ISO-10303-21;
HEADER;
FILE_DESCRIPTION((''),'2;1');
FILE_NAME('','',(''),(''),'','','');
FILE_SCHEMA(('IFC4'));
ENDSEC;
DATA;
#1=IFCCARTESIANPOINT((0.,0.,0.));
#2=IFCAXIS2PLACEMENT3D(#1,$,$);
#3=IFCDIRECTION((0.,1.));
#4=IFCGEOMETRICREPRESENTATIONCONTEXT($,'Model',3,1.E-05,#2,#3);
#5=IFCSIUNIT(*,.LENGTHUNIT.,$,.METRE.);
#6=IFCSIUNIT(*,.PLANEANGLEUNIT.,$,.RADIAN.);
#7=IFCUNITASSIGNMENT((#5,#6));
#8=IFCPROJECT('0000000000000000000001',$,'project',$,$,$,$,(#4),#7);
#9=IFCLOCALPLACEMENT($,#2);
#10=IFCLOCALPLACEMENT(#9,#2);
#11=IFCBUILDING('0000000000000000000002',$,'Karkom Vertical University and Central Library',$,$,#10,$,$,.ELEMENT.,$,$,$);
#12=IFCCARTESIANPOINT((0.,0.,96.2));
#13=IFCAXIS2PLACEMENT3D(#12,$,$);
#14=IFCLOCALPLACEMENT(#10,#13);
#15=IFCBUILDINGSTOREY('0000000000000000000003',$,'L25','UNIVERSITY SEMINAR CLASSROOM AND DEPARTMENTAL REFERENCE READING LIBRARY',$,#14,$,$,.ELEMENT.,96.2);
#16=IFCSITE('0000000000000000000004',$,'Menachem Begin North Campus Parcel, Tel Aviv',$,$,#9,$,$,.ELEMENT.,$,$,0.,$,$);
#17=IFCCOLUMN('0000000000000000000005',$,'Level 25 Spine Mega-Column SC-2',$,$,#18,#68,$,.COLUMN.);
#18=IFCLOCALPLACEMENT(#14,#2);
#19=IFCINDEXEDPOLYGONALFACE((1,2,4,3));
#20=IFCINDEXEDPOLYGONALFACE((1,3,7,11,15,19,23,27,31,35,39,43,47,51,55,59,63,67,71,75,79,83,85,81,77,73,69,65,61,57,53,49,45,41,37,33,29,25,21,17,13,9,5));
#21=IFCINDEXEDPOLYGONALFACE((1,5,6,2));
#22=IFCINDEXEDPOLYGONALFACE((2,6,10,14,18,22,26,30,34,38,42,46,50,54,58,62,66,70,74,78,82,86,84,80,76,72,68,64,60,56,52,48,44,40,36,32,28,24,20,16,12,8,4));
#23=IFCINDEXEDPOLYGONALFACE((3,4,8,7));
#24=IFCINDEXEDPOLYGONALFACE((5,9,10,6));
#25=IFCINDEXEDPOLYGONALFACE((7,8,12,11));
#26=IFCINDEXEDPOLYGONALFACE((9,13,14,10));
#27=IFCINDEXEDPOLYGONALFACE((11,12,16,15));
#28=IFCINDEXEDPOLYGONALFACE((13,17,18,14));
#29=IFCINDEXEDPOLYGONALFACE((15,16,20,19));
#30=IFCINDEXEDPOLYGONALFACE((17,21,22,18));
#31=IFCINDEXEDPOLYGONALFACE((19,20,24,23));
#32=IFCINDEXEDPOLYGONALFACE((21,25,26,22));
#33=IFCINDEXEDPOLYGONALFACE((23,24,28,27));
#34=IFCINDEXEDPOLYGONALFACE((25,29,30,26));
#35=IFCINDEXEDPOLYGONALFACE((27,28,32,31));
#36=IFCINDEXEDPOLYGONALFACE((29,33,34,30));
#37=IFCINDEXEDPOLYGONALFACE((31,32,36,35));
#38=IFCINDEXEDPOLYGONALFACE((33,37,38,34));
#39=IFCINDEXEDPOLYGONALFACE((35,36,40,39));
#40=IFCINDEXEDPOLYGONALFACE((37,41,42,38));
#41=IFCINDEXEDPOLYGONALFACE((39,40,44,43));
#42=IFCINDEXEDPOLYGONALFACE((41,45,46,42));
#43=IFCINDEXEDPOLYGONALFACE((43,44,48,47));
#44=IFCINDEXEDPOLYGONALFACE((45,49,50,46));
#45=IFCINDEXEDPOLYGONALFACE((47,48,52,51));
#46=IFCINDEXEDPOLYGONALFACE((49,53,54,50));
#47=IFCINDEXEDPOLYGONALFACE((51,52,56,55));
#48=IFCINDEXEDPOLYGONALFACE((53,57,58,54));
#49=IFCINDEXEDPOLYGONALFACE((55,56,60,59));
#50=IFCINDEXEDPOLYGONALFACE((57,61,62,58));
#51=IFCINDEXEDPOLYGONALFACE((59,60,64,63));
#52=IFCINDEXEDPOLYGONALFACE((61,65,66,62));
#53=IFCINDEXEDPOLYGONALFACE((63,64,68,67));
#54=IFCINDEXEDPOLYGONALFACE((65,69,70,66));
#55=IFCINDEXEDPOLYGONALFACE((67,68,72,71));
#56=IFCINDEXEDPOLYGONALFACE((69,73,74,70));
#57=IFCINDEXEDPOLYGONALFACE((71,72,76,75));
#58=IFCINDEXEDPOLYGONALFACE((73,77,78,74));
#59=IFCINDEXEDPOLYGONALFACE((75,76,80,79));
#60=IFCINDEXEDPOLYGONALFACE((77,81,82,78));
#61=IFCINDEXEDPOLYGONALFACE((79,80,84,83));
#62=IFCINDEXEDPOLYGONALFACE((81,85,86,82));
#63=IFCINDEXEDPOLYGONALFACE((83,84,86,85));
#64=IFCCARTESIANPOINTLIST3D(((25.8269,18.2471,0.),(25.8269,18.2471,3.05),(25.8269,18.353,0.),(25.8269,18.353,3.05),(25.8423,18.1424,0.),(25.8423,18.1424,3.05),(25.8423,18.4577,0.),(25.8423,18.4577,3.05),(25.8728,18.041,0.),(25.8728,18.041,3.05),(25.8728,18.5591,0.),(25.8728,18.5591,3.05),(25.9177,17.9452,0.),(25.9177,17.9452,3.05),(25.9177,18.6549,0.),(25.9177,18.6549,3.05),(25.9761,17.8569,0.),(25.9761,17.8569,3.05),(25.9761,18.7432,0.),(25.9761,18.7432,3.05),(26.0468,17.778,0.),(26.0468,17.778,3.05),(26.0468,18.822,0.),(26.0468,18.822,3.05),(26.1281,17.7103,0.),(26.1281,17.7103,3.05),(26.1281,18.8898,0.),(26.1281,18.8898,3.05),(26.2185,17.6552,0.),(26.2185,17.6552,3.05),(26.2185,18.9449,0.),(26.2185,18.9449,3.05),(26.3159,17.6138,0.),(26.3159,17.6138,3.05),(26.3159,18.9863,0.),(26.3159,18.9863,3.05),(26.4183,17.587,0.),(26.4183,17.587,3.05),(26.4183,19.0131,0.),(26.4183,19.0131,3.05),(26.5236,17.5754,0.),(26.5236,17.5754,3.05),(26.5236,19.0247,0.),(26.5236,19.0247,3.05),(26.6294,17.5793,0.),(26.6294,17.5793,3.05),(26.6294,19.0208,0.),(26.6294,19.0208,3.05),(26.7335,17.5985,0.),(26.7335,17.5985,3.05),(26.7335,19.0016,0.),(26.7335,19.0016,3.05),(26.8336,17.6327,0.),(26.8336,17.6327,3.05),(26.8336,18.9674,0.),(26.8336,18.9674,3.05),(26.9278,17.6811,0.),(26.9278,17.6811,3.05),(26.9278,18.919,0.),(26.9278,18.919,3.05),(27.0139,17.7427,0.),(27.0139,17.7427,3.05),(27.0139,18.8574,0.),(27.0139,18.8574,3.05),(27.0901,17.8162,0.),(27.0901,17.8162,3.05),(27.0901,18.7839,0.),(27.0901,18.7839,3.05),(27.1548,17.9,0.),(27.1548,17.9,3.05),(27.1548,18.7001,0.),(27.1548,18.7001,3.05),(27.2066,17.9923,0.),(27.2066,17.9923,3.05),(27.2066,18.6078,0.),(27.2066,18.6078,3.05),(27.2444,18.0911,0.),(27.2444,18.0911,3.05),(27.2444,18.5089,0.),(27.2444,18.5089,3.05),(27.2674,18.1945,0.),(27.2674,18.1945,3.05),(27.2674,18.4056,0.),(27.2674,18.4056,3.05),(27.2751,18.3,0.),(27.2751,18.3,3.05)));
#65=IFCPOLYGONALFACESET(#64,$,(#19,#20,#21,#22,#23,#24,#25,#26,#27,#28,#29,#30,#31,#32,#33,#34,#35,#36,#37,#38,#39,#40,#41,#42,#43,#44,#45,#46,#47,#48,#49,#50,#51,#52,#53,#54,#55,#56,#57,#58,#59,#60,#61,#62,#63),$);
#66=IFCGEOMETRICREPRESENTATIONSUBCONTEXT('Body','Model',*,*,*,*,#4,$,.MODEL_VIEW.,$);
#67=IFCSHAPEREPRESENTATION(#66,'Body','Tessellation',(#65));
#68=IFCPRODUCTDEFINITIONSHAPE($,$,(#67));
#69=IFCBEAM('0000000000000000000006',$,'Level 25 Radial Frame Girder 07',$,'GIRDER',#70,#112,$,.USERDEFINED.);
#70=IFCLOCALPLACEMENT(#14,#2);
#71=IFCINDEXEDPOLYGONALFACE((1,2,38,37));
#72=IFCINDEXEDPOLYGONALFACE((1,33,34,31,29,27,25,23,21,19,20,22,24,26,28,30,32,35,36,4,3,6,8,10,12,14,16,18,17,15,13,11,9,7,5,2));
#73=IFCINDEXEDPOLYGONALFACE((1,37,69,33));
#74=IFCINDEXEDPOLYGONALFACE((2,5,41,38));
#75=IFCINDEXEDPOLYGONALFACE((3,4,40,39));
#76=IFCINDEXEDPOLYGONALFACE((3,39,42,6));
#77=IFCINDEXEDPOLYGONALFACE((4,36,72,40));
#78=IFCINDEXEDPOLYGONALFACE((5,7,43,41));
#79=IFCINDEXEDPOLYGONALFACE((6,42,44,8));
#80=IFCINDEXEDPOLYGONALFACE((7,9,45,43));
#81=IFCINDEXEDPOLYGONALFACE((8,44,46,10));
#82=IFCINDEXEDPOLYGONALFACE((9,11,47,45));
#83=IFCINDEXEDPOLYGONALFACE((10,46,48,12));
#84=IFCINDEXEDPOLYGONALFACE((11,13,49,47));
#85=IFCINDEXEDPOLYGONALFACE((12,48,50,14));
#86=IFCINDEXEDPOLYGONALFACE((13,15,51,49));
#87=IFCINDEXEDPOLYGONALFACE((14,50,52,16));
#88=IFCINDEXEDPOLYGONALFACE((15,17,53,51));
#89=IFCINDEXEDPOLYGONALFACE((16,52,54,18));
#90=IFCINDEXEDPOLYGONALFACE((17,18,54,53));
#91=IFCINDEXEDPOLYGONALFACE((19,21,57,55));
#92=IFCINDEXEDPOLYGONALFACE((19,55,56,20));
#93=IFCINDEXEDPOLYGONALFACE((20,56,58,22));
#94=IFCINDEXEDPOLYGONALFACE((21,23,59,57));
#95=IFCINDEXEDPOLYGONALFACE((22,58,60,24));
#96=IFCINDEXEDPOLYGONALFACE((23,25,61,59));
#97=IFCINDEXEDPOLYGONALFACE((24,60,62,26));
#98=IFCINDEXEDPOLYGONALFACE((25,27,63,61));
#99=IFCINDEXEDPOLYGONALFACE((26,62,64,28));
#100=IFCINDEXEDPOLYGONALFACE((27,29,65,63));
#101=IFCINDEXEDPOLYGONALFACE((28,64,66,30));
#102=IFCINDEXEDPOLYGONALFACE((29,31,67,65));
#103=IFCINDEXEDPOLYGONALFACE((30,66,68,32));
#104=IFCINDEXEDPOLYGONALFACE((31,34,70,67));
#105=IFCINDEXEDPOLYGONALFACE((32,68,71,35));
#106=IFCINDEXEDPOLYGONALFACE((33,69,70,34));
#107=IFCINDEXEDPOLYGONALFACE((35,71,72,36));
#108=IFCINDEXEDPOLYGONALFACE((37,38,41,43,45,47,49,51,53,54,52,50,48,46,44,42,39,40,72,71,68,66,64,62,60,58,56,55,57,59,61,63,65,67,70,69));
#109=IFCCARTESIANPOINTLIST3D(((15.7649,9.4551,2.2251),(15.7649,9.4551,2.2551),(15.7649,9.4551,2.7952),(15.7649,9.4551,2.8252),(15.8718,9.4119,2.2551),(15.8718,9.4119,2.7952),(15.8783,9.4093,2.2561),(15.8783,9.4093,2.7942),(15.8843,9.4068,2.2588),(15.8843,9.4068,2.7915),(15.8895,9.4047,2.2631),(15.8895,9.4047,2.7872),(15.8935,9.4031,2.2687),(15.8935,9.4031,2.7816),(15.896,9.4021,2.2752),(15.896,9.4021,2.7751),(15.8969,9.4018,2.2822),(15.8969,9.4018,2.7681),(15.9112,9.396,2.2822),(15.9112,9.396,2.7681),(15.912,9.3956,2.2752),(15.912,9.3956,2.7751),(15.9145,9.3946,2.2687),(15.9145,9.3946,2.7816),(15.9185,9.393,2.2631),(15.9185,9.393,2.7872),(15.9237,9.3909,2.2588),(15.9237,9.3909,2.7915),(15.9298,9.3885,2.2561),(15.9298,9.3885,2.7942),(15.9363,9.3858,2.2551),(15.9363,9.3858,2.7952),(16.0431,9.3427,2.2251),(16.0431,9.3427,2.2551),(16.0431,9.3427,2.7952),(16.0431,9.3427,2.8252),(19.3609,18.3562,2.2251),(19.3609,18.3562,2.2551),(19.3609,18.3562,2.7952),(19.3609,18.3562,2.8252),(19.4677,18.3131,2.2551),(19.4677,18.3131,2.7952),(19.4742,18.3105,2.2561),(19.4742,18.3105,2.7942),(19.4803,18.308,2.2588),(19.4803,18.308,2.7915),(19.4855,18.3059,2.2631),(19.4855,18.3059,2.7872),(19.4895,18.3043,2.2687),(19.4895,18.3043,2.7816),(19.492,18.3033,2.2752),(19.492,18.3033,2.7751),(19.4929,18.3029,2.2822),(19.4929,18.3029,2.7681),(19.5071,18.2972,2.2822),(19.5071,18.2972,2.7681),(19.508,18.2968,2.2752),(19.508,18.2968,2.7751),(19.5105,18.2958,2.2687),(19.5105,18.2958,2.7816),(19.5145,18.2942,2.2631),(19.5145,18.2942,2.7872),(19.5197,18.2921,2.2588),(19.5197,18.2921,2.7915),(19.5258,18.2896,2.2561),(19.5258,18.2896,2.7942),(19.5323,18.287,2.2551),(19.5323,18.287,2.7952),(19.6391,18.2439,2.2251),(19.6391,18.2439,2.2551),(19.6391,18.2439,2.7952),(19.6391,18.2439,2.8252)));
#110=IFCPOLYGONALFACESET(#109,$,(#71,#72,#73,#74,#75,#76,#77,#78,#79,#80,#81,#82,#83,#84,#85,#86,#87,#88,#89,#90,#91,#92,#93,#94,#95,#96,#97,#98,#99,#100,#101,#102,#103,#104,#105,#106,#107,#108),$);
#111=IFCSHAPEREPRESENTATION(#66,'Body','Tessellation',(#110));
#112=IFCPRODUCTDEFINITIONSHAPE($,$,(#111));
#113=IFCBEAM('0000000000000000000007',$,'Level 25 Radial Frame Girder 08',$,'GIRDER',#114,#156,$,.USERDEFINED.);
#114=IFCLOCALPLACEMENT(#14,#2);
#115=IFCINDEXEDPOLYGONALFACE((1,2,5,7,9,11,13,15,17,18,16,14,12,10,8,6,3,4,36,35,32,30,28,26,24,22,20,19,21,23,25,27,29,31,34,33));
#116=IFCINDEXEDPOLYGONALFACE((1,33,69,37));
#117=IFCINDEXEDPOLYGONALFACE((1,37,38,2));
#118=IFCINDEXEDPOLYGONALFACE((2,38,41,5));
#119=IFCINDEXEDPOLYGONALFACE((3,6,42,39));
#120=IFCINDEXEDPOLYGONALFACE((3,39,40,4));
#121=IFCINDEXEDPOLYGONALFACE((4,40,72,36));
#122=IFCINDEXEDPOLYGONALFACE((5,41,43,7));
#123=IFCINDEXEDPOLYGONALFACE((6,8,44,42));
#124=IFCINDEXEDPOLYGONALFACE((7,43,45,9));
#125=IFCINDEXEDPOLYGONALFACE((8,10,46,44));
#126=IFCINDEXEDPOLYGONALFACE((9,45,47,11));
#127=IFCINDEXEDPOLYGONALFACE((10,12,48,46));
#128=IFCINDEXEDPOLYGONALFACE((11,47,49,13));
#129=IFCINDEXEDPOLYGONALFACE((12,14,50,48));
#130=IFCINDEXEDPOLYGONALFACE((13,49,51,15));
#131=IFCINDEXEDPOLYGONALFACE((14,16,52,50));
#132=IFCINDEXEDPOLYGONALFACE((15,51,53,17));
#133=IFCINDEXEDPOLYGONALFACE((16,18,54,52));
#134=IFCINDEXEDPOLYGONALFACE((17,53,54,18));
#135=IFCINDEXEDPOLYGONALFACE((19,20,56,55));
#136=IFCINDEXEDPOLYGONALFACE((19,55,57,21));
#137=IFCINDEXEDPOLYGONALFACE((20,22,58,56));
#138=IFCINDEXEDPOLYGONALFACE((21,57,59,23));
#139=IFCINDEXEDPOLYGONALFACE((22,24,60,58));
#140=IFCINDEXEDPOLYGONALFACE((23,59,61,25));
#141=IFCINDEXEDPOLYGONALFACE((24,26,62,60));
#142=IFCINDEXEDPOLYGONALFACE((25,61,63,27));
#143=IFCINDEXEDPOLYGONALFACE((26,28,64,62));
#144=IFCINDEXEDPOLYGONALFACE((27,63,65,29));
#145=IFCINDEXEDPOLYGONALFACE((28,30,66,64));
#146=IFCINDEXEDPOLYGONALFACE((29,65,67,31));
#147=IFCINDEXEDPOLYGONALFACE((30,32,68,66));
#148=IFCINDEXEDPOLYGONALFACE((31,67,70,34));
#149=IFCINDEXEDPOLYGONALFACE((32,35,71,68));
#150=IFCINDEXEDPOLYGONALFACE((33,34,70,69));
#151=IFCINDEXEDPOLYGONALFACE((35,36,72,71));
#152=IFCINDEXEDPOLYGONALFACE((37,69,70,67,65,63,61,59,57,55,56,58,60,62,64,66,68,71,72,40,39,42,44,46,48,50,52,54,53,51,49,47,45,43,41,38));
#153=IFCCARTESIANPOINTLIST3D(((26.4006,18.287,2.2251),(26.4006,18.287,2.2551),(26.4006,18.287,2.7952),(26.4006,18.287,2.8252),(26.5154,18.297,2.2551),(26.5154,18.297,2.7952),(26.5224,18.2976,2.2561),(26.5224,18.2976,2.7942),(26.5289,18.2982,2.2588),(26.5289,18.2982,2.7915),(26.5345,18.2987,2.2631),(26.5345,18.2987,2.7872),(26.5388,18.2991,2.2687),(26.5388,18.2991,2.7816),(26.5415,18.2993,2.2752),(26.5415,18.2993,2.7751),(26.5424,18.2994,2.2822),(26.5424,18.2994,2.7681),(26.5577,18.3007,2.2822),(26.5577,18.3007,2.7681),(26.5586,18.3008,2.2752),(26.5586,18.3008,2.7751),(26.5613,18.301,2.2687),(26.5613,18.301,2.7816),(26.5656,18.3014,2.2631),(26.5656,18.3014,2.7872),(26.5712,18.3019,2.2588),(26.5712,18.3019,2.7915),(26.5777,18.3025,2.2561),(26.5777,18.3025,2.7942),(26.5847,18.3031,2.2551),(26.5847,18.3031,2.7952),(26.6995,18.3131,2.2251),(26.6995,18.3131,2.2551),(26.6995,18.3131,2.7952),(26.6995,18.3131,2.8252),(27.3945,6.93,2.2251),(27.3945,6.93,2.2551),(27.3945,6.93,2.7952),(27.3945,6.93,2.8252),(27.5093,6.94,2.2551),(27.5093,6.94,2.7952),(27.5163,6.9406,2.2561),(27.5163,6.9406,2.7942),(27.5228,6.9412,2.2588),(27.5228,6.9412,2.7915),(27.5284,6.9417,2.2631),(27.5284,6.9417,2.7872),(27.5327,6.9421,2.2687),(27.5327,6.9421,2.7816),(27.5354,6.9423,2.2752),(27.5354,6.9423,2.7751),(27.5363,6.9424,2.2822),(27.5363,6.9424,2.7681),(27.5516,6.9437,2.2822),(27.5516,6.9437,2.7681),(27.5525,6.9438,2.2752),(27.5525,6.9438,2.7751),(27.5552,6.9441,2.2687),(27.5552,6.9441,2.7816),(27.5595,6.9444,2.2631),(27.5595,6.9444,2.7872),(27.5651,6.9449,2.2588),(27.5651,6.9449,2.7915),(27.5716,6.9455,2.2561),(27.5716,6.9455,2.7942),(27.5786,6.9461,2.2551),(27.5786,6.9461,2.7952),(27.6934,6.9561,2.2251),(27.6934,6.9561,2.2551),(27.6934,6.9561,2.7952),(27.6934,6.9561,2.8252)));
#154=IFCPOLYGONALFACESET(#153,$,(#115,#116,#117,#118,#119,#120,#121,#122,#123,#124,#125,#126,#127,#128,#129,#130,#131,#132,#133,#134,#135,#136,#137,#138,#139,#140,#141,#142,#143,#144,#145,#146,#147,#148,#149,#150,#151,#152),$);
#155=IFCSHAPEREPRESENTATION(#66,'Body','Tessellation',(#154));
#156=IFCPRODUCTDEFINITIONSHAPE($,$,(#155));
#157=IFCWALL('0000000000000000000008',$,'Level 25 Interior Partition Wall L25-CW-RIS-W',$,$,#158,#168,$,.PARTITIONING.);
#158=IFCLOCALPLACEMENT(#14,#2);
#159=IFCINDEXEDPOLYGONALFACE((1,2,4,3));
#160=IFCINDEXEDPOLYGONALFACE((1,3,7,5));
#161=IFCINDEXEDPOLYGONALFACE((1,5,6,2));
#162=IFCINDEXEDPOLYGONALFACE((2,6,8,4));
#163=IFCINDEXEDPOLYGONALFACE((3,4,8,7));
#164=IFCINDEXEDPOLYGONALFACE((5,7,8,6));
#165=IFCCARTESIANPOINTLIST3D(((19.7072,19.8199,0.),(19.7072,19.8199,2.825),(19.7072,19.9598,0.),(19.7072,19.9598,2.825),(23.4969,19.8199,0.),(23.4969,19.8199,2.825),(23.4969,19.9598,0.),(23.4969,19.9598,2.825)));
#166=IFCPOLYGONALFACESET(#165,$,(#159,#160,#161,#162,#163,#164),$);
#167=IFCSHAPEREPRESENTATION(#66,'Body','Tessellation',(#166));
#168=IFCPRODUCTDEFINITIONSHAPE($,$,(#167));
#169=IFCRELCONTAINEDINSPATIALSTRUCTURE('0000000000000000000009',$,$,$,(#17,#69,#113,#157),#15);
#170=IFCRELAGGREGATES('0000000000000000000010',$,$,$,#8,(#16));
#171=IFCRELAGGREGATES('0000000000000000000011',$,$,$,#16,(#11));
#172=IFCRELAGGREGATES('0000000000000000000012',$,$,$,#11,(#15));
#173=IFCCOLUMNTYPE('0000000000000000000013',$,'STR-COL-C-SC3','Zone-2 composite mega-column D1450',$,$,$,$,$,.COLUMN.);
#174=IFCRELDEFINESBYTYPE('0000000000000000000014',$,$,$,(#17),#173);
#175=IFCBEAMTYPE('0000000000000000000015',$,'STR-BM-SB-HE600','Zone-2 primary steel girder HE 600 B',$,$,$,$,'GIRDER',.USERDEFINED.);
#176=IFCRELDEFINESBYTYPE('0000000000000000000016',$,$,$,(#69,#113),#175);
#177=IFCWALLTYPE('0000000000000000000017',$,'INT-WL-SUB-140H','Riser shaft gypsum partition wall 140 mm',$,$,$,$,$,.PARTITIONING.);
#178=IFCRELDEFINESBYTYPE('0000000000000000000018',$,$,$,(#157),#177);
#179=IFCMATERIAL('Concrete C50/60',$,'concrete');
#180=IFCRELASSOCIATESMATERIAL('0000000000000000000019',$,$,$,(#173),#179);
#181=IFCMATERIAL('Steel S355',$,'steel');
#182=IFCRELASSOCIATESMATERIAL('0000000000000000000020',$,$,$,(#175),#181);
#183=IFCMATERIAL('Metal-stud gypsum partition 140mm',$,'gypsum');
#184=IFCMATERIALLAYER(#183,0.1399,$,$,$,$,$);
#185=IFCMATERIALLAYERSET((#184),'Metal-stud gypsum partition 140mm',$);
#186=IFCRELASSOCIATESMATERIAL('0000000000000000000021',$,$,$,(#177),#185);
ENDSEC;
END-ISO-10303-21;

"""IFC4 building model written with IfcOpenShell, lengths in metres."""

from ifc_helpers import new_model, si_unit, direction, frame, frame_2d, origin, origin_with_axes, origin_2d, place, context, subcontext, project, spatial, rectangle, circle, i_section, extrude, source, transform, mapped, material, layer, layer_set, material_profile, profile_set, type_object, element, save


model = new_model("IFC4")

# Units and contexts
model_context = context("Model", 3, precision=1e-05, world=origin(), true_north=direction((0.0, 1.0)))
body_context = subcontext(model_context, "Body", "Model", "MODEL_VIEW")
ifc_project = project(units=[si_unit("LENGTHUNIT", "METRE"), si_unit("PLANEANGLEUNIT", "RADIAN")], contexts=[model_context])

# Site, building, storey
site_placement = place(None, origin())
site = spatial("IfcSite", under=ifc_project, at=site_placement, Name="Menachem Begin North Campus Parcel, Tel Aviv", CompositionType="ELEMENT", RefElevation=0.0)
building_placement = place(site_placement, origin())
building = spatial("IfcBuilding", under=site, at=building_placement, Name="Karkom Vertical University and Central Library", CompositionType="ELEMENT")
storey_placement = place(building_placement, frame((0.0, 0.0, 96.2)))
storey = spatial("IfcBuildingStorey", under=building, at=storey_placement, Name="L25", Description="UNIVERSITY SEMINAR CLASSROOM AND DEPARTMENTAL REFERENCE READING LIBRARY", CompositionType="ELEMENT", Elevation=96.2)

# Column
ifc_material_1 = material(Name="Concrete C50/60", Category="concrete")
ifc_material_profile_1 = material_profile(ifc_material_1, circle(Radius=0.7251, at=origin_2d()), Name="CFT-D1450")
ifc_profile_set_1 = profile_set([ifc_material_profile_1], Name="Concrete C50/60")
column_type = type_object("IfcColumnType", Name="STR-COL-C-SC3", Description="Zone-2 composite mega-column D1450", PredefinedType="COLUMN", material=ifc_profile_set_1)
shared_shape_1 = source(origin_with_axes(), body_context, "Body", "SweptSolid", [
    extrude(circle(Radius=0.7251, at=origin_2d()), origin(), (0.0, 0.0, 1.0), 3.05),
])
column_placement = place(storey_placement, frame((26.55, 18.3, 0.0), z_axis=(0.0, 0.0, 1.0), x_axis=(1.0, 0.0, 0.0)))
element("IfcColumn", 1, at=column_placement, inside=storey, type_object=column_type, Name="Level 25 Spine Mega-Column SC-2", PredefinedType="COLUMN", context=body_context, shape_type="MappedRepresentation", body=[
    mapped(shared_shape_1, transform((0.0, 0.0, 0.0), scale=1.0)),
])

# Beams
ifc_material_2 = material(Name="Steel S355", Category="steel")
ifc_material_profile_2 = material_profile(ifc_material_2, i_section(OverallWidth=0.3, OverallDepth=0.6001, WebThickness=0.0154, FlangeThickness=0.03, FilletRadius=0.0271, at=origin_2d()), Name="HE 600 B")
ifc_profile_set_2 = profile_set([ifc_material_profile_2], Name="Steel S355")
beam_type = type_object("IfcBeamType", Name="STR-BM-SB-HE600", Description="Zone-2 primary steel girder HE 600 B", ElementType="GIRDER", PredefinedType="USERDEFINED", material=ifc_profile_set_2)
shared_shape_2 = source(origin_with_axes(), body_context, "Body", "SweptSolid", [
    extrude(i_section(OverallWidth=0.3, OverallDepth=0.6001, WebThickness=0.0154, FlangeThickness=0.03, FilletRadius=0.0271, at=origin_2d()), origin(), (0.0, 0.0, 1.0), 9.6001),
])
beam_1_placement = place(storey_placement, frame((19.5, 18.3, 2.5251), z_axis=(-0.374576, -0.927196, 0.0), x_axis=(0.927196, -0.374576, 0.0)))
element("IfcBeam", 2, at=beam_1_placement, inside=storey, type_object=beam_type, Name="Level 25 Radial Frame Girder 07", ObjectType="GIRDER", PredefinedType="USERDEFINED", context=body_context, shape_type="MappedRepresentation", body=[
    mapped(shared_shape_2, transform((0.0, 0.0, 0.0), scale=1.0)),
])
shared_shape_3 = source(origin_with_axes(), body_context, "Body", "SweptSolid", [
    extrude(i_section(OverallWidth=0.3, OverallDepth=0.6001, WebThickness=0.0154, FlangeThickness=0.03, FilletRadius=0.0271, at=origin_2d()), origin(), (0.0, 0.0, 1.0), 11.4004),
])
beam_2_placement = place(storey_placement, frame((26.55, 18.3, 2.5251), z_axis=(0.087181, -0.996192, 0.0), x_axis=(0.996192, 0.087181, 0.0)))
element("IfcBeam", 3, at=beam_2_placement, inside=storey, type_object=beam_type, Name="Level 25 Radial Frame Girder 08", ObjectType="GIRDER", PredefinedType="USERDEFINED", context=body_context, shape_type="MappedRepresentation", body=[
    mapped(shared_shape_3, transform((0.0, 0.0, 0.0), scale=1.0)),
])

# Wall
ifc_material_3 = material(Name="Metal-stud gypsum partition 140mm", Category="gypsum")
ifc_layer_1 = layer(ifc_material_3, 0.1399)
ifc_layer_set_1 = layer_set([ifc_layer_1], Name="Metal-stud gypsum partition 140mm")
wall_type_1 = type_object("IfcWallType", Name="INT-WL-SUB-140H", Description="Riser shaft gypsum partition wall 140 mm", PredefinedType="PARTITIONING", material=ifc_layer_set_1)
wall_1_placement = place(storey_placement, frame((19.707, 19.8899, 0.0), z_axis=(0.0, 0.0, 1.0), x_axis=(1.0, 0.0, 0.0)))
element("IfcWall", 4, at=wall_1_placement, inside=storey, type_object=wall_type_1, Name="Level 25 Interior Partition Wall L25-CW-RIS-W", PredefinedType="PARTITIONING", context=body_context, shape_type="SweptSolid", body=[
    extrude(rectangle(XDim=3.7898, YDim=0.1399, at=frame_2d((1.895, 0.0))), origin(), (0.0, 0.0, 1.0), 2.825),
])

save(model, "model.ifc")
